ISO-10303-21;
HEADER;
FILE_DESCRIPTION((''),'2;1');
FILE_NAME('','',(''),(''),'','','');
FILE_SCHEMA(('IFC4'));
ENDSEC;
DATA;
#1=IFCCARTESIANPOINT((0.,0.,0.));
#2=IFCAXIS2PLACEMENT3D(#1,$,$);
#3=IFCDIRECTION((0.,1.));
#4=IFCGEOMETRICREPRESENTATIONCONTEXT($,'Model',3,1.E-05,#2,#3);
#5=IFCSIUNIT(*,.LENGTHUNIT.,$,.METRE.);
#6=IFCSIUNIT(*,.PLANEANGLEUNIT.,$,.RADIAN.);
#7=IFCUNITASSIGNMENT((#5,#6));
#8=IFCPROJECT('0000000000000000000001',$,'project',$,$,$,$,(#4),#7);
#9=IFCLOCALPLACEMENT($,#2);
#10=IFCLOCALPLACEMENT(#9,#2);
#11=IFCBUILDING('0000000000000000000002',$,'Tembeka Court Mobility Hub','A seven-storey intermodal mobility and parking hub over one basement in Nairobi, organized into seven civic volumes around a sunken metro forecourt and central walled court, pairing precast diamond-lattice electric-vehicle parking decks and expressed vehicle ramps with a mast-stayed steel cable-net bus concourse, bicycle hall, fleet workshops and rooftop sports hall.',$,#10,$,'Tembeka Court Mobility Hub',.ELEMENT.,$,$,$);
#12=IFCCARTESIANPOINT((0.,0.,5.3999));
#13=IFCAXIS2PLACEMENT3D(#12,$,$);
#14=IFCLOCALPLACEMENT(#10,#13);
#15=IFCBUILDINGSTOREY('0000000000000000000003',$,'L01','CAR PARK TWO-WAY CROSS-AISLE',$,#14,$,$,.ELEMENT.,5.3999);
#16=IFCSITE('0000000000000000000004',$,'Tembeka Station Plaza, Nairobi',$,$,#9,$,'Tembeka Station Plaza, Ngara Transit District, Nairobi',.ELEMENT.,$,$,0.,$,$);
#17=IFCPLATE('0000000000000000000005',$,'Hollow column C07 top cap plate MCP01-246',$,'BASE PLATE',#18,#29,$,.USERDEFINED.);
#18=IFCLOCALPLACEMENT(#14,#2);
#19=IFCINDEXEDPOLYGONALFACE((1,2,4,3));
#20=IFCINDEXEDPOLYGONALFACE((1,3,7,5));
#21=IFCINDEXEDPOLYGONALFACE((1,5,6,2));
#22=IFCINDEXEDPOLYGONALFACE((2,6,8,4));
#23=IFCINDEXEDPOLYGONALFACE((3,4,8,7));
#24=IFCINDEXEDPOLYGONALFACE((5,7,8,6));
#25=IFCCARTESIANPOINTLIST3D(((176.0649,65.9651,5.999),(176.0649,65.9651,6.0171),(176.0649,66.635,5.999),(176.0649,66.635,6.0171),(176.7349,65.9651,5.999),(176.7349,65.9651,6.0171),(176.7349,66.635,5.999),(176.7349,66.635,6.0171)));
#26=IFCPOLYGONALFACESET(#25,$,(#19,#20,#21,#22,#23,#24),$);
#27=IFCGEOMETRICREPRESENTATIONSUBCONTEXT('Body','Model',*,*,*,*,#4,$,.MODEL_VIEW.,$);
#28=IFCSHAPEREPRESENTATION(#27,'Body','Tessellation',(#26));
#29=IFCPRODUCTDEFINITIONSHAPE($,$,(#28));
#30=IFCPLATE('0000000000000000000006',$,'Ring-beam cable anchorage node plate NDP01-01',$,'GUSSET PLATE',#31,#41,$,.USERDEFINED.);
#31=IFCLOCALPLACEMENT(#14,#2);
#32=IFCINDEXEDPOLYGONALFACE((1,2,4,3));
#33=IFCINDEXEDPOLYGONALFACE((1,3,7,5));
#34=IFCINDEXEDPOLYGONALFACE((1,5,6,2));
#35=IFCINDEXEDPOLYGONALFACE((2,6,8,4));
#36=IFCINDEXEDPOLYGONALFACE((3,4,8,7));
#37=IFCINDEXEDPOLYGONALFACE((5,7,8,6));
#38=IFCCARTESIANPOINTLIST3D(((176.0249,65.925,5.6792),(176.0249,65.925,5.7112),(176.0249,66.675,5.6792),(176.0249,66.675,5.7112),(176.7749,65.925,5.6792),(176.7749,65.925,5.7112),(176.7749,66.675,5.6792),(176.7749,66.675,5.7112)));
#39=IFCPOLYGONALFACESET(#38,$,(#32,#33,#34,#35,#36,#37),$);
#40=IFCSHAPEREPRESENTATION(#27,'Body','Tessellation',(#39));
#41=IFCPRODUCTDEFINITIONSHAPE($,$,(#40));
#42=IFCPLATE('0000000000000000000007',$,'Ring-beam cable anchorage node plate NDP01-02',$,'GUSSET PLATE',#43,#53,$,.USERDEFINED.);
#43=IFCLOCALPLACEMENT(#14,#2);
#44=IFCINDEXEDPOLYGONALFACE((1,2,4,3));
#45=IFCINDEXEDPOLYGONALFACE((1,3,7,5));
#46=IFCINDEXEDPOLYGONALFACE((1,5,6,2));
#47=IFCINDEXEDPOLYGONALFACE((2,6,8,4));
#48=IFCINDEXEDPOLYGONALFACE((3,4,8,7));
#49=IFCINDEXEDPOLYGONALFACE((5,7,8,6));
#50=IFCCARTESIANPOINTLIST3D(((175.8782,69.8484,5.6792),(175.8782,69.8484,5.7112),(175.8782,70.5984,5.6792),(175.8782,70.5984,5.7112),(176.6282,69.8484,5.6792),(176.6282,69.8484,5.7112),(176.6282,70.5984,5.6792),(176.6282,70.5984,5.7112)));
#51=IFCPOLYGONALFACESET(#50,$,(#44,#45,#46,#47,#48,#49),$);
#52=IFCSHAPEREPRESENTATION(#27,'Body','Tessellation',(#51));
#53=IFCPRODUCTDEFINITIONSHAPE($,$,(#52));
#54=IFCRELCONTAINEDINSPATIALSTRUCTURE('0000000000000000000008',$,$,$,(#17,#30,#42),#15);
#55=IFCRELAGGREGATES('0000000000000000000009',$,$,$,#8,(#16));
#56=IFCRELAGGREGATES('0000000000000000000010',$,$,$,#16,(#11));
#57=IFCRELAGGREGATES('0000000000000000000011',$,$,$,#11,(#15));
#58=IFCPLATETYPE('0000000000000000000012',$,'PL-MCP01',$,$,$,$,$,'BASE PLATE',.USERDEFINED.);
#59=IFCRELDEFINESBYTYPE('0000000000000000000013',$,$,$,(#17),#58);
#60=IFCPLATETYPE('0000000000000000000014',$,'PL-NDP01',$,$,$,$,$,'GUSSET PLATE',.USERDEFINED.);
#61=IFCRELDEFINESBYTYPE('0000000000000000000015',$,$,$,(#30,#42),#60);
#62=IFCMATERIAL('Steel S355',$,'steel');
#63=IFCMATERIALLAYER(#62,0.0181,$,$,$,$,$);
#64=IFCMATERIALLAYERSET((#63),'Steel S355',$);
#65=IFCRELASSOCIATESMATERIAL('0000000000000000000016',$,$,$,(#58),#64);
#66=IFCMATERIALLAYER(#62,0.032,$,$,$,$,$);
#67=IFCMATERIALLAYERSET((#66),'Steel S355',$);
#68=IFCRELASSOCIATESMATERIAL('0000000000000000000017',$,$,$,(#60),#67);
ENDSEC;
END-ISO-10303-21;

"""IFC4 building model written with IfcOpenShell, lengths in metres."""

from ifc_helpers import new_model, si_unit, direction, frame, origin, origin_2d, place, context, subcontext, project, spatial, rectangle, extrude, material, layer, layer_set, type_object, element, save


model = new_model("IFC4")

# Units and contexts
model_context = context("Model", 3, precision=1e-05, world=origin(), true_north=direction((0.0, 1.0)))
body_context = subcontext(model_context, "Body", "Model", "MODEL_VIEW")
ifc_project = project(units=[si_unit("LENGTHUNIT", "METRE"), si_unit("PLANEANGLEUNIT", "RADIAN")], contexts=[model_context])

# Site, building, storey
site_placement = place(None, origin())
site = spatial("IfcSite", under=ifc_project, at=site_placement, Name="Tembeka Station Plaza, Nairobi", LongName="Tembeka Station Plaza, Ngara Transit District, Nairobi", CompositionType="ELEMENT", RefElevation=0.0)
building_placement = place(site_placement, origin())
building = spatial("IfcBuilding", under=site, at=building_placement, Name="Tembeka Court Mobility Hub", Description="A seven-storey intermodal mobility and parking hub over one basement in Nairobi, organized into seven civic volumes around a sunken metro forecourt and central walled court, pairing precast diamond-lattice electric-vehicle parking decks and expressed vehicle ramps with a mast-stayed steel cable-net bus concourse, bicycle hall, fleet workshops and rooftop sports hall.", LongName="Tembeka Court Mobility Hub", CompositionType="ELEMENT")
storey_placement = place(building_placement, frame((0.0, 0.0, 5.3999)))
storey = spatial("IfcBuildingStorey", under=building, at=storey_placement, Name="L01", Description="CAR PARK TWO-WAY CROSS-AISLE", CompositionType="ELEMENT", Elevation=5.3999)

# Shared definitions
ifc_material_1 = material(Name="Steel S355", Category="steel")

# Plates
ifc_layer_1 = layer(ifc_material_1, 0.0181)
ifc_layer_set_1 = layer_set([ifc_layer_1], Name="Steel S355")
plate_type_1 = type_object("IfcPlateType", Name="PL-MCP01", ElementType="BASE PLATE", PredefinedType="USERDEFINED", material=ifc_layer_set_1)
plate_1_placement = place(storey_placement, frame((176.3999, 66.3, 5.999), z_axis=(0.0, 0.0, 1.0), x_axis=(1.0, 0.0, 0.0)))
element("IfcPlate", 1, at=plate_1_placement, inside=storey, type_object=plate_type_1, Name="Hollow column C07 top cap plate MCP01-246", ObjectType="BASE PLATE", PredefinedType="USERDEFINED", context=body_context, shape_type="SweptSolid", body=[
    extrude(rectangle(XDim=0.6699, YDim=0.6699, at=origin_2d()), origin(), (0.0, 0.0, 1.0), 0.0181),
])
ifc_layer_2 = layer(ifc_material_1, 0.032)
ifc_layer_set_2 = layer_set([ifc_layer_2], Name="Steel S355")
plate_type_2 = type_object("IfcPlateType", Name="PL-NDP01", ElementType="GUSSET PLATE", PredefinedType="USERDEFINED", material=ifc_layer_set_2)
for number, where, z_axis, x_axis, name in (
    (2, (176.3999, 66.3, 5.6792), (0.0, 0.0, 1.0), (1.0, 0.0, 0.0), "Ring-beam cable anchorage node plate NDP01-01"),
    (3, (176.2532, 70.2234, 5.6792), (0.0, 0.0, 1.0), (1.0, 0.0, 0.0), "Ring-beam cable anchorage node plate NDP01-02"),
):
    element("IfcPlate", number, at=place(storey_placement, frame(where, z_axis=z_axis, x_axis=x_axis)), inside=storey, type_object=plate_type_2, Name=name, ObjectType="GUSSET PLATE", PredefinedType="USERDEFINED", context=body_context, shape_type="SweptSolid", body=[
        extrude(rectangle(XDim=0.75, YDim=0.75, at=origin_2d()), origin(), (0.0, 0.0, 1.0), 0.032),
    ])

save(model, "model.ifc")
